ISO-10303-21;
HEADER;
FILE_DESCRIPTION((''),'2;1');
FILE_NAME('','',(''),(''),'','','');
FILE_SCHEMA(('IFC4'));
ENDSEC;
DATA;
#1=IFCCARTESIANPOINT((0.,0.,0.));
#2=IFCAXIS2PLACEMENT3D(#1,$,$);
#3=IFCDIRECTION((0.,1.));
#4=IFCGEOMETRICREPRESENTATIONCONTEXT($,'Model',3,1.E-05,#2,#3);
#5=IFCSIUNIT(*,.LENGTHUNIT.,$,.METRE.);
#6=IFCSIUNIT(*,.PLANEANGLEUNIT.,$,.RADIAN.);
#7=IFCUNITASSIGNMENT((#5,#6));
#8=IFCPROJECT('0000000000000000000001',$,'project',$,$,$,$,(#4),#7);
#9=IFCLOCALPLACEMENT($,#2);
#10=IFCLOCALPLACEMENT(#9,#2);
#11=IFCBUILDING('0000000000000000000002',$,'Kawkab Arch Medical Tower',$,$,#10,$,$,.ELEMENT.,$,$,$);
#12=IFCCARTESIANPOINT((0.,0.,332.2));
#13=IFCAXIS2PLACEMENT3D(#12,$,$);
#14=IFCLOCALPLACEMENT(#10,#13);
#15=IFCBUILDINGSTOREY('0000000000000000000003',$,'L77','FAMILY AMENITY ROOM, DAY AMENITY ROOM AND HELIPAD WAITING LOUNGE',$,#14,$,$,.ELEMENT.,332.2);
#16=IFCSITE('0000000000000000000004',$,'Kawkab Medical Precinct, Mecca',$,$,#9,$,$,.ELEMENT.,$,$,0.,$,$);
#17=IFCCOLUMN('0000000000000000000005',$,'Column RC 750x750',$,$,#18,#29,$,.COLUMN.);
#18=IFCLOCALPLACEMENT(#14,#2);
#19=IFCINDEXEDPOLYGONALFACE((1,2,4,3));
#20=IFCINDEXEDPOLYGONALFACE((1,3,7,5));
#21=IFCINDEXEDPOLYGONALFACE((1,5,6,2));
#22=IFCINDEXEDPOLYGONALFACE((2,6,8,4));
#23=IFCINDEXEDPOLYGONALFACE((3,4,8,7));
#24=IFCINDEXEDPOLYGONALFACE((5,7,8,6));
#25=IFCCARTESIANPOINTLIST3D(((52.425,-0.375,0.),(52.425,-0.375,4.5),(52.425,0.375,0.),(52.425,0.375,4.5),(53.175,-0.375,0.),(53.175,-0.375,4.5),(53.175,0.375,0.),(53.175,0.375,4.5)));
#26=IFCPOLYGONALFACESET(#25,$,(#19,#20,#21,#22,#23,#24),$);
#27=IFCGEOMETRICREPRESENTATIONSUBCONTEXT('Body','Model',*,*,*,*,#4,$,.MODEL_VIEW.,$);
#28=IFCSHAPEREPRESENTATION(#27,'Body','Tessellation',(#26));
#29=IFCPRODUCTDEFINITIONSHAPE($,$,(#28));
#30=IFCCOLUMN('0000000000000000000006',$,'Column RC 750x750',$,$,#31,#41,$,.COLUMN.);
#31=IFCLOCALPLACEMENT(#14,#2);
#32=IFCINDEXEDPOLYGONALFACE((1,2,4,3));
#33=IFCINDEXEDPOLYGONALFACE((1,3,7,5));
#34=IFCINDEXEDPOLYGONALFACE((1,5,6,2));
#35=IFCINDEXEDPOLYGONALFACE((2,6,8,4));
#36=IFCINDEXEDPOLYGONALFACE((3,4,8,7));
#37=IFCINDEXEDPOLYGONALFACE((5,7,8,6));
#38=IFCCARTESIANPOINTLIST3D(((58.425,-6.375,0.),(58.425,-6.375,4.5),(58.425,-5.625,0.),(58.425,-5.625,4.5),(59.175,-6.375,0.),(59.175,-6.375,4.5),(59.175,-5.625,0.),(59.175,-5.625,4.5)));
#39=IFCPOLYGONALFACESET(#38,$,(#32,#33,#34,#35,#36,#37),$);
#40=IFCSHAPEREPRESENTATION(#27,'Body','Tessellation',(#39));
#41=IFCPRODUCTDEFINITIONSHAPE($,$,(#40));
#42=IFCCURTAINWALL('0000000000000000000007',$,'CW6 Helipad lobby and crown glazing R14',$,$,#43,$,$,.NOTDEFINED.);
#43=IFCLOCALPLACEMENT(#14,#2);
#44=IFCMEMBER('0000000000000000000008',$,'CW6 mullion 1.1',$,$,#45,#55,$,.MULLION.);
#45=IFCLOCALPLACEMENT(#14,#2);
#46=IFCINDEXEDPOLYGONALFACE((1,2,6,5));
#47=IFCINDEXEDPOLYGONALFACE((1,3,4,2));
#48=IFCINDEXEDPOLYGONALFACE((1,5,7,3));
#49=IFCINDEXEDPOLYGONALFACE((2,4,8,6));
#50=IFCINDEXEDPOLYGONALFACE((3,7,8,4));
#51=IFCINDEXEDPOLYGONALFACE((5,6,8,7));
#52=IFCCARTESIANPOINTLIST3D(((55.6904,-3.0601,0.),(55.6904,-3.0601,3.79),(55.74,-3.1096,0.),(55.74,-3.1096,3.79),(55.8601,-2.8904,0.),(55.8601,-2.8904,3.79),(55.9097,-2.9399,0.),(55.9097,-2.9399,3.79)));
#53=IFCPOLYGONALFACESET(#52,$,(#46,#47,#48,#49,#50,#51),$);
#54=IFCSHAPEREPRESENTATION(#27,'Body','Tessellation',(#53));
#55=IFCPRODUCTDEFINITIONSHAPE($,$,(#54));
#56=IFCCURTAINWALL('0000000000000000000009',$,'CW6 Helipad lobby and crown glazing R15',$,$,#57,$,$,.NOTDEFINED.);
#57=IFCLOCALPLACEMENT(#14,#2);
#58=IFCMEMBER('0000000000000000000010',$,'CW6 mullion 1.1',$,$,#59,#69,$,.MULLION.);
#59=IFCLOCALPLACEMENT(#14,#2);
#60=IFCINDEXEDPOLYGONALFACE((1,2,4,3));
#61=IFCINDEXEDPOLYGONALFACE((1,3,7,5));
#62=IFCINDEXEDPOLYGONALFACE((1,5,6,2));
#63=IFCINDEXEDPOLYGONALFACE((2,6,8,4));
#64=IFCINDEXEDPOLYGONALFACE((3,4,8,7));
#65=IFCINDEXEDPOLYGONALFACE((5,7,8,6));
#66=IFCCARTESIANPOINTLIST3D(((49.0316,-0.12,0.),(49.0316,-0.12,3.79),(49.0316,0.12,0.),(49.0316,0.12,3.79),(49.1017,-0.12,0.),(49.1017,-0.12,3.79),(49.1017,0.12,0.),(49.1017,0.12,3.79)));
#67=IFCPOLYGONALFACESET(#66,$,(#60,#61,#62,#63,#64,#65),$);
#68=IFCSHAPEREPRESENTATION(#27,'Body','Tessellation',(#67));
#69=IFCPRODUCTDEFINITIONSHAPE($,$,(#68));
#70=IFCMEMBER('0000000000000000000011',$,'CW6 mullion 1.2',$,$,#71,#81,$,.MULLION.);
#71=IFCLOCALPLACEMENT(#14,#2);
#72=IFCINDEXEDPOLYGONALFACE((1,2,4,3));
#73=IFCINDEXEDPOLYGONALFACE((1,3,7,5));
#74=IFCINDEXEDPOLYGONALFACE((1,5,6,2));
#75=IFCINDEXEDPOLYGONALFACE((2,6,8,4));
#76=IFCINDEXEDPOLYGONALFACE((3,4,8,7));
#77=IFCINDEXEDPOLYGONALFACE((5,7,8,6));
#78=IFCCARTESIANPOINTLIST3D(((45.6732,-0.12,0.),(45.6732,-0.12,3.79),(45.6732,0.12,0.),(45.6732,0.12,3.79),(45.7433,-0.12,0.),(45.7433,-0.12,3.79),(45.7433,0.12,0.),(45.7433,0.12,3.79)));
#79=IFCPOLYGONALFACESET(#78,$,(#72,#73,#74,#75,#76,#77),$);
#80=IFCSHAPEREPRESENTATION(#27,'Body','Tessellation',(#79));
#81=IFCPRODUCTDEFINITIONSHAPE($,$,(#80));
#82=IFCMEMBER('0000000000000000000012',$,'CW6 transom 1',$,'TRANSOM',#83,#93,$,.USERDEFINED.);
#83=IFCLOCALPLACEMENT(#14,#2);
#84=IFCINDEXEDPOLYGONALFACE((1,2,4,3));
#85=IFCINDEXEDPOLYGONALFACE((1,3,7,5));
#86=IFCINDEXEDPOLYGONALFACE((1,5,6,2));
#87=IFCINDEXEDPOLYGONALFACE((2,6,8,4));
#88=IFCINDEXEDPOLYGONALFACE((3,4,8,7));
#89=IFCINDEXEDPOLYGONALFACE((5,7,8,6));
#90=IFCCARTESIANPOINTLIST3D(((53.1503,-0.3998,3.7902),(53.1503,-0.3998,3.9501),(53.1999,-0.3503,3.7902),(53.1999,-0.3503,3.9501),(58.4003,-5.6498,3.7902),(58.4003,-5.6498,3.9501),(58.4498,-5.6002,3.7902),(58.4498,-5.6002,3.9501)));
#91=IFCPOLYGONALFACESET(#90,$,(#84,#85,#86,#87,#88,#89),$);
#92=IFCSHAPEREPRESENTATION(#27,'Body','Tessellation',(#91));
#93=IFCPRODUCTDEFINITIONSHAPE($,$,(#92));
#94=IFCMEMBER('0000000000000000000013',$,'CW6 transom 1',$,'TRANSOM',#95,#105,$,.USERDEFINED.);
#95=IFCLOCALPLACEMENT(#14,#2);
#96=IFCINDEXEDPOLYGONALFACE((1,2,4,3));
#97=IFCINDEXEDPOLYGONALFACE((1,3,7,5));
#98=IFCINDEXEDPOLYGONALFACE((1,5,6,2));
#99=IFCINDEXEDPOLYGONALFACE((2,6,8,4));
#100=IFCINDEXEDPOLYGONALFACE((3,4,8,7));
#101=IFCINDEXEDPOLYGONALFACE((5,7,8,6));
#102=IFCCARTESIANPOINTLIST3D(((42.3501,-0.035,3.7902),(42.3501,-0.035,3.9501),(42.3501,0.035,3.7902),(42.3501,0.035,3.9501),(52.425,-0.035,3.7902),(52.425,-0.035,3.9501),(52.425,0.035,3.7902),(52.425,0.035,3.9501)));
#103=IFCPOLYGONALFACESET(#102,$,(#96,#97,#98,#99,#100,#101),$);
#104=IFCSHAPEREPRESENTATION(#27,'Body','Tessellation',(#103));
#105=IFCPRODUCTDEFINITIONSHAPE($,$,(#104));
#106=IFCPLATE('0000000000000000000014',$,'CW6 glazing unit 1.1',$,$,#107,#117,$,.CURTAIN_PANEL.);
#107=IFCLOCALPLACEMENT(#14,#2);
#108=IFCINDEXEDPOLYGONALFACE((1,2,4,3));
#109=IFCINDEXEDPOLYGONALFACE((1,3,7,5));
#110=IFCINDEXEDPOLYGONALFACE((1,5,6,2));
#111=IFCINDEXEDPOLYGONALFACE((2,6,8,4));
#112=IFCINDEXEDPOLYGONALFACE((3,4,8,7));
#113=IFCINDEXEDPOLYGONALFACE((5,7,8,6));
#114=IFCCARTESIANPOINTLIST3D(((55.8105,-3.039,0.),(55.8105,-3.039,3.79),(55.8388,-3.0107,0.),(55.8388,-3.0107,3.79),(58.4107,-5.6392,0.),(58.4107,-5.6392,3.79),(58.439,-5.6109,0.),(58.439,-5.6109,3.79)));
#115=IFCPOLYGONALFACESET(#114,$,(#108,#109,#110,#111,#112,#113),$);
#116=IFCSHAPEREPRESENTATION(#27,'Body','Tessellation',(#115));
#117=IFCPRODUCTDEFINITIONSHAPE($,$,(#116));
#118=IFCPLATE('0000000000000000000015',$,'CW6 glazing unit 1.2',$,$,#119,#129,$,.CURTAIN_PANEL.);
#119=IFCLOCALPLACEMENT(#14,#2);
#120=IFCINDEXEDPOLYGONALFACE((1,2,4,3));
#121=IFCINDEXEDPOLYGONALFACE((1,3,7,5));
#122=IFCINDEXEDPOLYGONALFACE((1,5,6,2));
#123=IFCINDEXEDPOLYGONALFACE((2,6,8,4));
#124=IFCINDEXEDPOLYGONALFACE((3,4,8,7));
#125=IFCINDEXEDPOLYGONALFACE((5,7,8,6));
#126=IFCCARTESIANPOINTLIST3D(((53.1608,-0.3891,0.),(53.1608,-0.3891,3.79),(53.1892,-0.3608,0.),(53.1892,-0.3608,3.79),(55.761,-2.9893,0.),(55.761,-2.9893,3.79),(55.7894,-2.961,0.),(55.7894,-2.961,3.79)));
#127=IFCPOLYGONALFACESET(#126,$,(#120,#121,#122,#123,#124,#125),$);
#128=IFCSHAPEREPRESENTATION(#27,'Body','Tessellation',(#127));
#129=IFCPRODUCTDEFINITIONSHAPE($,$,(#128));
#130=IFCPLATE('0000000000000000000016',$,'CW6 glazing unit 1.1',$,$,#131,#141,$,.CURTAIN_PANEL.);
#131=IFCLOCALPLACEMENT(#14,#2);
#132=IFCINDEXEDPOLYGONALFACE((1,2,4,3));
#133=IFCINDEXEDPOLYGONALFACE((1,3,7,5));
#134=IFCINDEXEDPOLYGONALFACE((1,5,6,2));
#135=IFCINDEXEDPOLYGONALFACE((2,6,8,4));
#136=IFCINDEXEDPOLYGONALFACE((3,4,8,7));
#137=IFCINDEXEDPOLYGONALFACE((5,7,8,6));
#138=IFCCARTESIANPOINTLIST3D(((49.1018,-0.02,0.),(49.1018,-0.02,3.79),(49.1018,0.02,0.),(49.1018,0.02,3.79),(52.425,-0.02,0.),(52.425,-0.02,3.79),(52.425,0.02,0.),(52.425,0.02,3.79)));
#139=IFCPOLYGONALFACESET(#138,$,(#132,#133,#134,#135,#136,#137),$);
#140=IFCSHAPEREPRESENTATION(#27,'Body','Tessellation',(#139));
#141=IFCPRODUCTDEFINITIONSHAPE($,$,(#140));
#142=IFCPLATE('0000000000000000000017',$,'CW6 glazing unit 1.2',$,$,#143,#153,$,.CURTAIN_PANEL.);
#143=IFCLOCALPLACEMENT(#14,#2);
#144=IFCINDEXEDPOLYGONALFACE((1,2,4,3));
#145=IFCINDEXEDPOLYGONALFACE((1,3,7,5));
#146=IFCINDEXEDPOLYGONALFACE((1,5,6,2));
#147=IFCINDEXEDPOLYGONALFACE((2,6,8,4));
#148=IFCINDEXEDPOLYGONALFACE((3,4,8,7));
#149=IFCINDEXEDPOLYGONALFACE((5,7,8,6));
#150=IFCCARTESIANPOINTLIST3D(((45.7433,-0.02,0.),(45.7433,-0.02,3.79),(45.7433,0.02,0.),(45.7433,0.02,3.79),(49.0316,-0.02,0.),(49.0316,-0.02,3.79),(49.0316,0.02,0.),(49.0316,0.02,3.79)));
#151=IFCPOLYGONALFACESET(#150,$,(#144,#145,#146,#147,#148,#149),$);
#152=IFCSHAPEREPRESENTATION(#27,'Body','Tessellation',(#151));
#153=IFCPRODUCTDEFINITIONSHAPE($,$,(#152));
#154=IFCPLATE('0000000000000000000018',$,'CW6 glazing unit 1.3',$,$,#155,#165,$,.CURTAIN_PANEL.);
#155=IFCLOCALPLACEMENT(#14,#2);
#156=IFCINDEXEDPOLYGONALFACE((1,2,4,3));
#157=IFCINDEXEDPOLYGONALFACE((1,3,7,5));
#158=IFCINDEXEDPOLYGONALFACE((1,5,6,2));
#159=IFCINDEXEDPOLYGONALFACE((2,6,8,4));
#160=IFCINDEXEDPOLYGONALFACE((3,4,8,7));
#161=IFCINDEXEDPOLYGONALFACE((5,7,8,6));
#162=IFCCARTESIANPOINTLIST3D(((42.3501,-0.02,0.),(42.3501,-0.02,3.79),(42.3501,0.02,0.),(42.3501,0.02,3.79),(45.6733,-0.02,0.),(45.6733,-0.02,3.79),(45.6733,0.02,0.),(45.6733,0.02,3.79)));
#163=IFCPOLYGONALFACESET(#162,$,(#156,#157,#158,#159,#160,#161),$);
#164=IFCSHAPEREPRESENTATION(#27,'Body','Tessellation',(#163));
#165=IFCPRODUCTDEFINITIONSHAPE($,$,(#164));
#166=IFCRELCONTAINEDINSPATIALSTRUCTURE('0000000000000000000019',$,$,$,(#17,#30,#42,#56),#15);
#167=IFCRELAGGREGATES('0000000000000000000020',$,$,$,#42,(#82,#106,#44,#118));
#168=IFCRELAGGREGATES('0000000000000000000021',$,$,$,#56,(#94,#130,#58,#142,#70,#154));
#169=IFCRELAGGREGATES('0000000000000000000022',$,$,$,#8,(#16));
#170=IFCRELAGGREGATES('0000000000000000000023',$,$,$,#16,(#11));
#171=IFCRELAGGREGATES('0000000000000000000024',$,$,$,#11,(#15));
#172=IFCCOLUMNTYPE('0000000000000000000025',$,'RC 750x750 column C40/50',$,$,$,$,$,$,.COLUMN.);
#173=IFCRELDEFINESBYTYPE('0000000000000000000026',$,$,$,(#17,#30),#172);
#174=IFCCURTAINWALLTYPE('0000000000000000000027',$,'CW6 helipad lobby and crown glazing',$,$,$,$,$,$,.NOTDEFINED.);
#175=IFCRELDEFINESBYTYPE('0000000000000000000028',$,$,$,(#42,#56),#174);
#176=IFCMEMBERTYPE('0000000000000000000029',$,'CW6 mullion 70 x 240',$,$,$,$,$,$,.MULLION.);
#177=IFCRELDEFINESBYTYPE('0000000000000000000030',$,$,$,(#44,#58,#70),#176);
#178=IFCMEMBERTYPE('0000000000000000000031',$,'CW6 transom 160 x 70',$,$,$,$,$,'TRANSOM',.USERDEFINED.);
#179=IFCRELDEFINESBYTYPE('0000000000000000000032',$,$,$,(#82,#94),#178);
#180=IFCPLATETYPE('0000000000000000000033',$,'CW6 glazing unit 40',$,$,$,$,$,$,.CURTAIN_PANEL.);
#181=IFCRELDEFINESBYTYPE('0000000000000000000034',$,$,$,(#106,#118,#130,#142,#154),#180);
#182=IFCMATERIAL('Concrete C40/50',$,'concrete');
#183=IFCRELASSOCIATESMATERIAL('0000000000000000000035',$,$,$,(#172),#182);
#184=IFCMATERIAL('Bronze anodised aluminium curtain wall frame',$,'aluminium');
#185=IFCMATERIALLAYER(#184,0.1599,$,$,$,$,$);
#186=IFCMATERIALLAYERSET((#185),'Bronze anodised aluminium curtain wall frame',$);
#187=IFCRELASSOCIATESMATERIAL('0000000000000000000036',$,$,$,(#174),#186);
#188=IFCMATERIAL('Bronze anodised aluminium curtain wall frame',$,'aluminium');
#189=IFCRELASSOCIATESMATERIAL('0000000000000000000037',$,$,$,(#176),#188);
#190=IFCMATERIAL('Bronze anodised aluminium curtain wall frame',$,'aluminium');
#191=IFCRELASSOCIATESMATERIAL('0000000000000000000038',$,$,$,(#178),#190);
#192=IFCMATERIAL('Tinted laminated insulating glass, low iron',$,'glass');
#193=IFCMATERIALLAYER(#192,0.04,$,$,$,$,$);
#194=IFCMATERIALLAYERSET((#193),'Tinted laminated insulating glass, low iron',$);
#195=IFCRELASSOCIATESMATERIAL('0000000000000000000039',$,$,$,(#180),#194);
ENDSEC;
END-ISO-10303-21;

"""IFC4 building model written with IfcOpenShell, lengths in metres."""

from ifc_helpers import new_model, si_unit, direction, frame, origin, origin_2d, place, context, subcontext, project, spatial, rectangle, extrude, material, layer, layer_set, material_profile, profile_set, type_object, element, aggregate, save


model = new_model("IFC4")

# Units and contexts
model_context = context("Model", 3, precision=1e-05, world=origin(), true_north=direction((0.0, 1.0)))
body_context = subcontext(model_context, "Body", "Model", "MODEL_VIEW")
ifc_project = project(units=[si_unit("LENGTHUNIT", "METRE"), si_unit("PLANEANGLEUNIT", "RADIAN")], contexts=[model_context])

# Site, building, storey
site_placement = place(None, origin())
site = spatial("IfcSite", under=ifc_project, at=site_placement, Name="Kawkab Medical Precinct, Mecca", CompositionType="ELEMENT", RefElevation=0.0)
building_placement = place(site_placement, origin())
building = spatial("IfcBuilding", under=site, at=building_placement, Name="Kawkab Arch Medical Tower", CompositionType="ELEMENT")
storey_placement = place(building_placement, frame((0.0, 0.0, 332.2)))
storey = spatial("IfcBuildingStorey", under=building, at=storey_placement, Name="L77", Description="FAMILY AMENITY ROOM, DAY AMENITY ROOM AND HELIPAD WAITING LOUNGE", CompositionType="ELEMENT", Elevation=332.2)

# Columns
ifc_material_1 = material(Name="Concrete C40/50", Category="concrete")
ifc_material_profile_1 = material_profile(ifc_material_1, rectangle(XDim=0.75, YDim=0.75, at=origin_2d()), Name="RC 750x750")
ifc_profile_set_1 = profile_set([ifc_material_profile_1], Name="Concrete C40/50")
column_type = type_object("IfcColumnType", Name="RC 750x750 column C40/50", PredefinedType="COLUMN", material=ifc_profile_set_1)
for number, where, z_axis, x_axis, name in (
    (1, (52.8, 0.0, 0.0), (0.0, 0.0, 1.0), (1.0, 0.0, 0.0), "Column RC 750x750"),
    (2, (58.8, -6.0, 0.0), (0.0, 0.0, 1.0), (1.0, 0.0, 0.0), "Column RC 750x750"),
):
    element("IfcColumn", number, at=place(storey_placement, frame(where, z_axis=z_axis, x_axis=x_axis)), inside=storey, type_object=column_type, Name=name, PredefinedType="COLUMN", context=body_context, shape_type="SweptSolid", body=[
        extrude(rectangle(XDim=0.75, YDim=0.75, at=origin_2d()), origin(), (0.0, 0.0, 1.0), 4.5),
    ])

# Curtain wall, member
ifc_material_2 = material(Name="Bronze anodised aluminium curtain wall frame", Category="aluminium")
ifc_layer_1 = layer(ifc_material_2, 0.1599)
ifc_layer_set_1 = layer_set([ifc_layer_1], Name="Bronze anodised aluminium curtain wall frame")
curtain_wall_type = type_object("IfcCurtainWallType", Name="CW6 helipad lobby and crown glazing", PredefinedType="NOTDEFINED", material=ifc_layer_set_1)
placement = place(storey_placement, origin())
curtain_wall_1 = element("IfcCurtainWall", 3, at=placement, inside=storey, type_object=curtain_wall_type, Name="CW6 Helipad lobby and crown glazing R14", PredefinedType="NOTDEFINED")
ifc_material_3 = material(Name="Bronze anodised aluminium curtain wall frame", Category="aluminium")
ifc_material_profile_2 = material_profile(ifc_material_3, rectangle(XDim=0.24, YDim=0.0701, at=origin_2d()), Name="AL 70x240")
ifc_profile_set_2 = profile_set([ifc_material_profile_2], Name="Bronze anodised aluminium curtain wall frame")
member_type_1 = type_object("IfcMemberType", Name="CW6 mullion 70 x 240", PredefinedType="MULLION", material=ifc_profile_set_2)
member_1_placement = place(storey_placement, frame((55.8, -3.0, 0.0), z_axis=(0.0, 0.0, 1.0), x_axis=(-0.707107, -0.707107, 0.0)))
member_1 = element("IfcMember", 4, at=member_1_placement, type_object=member_type_1, Name="CW6 mullion 1.1", PredefinedType="MULLION", context=body_context, shape_type="SweptSolid", body=[
    extrude(rectangle(XDim=0.24, YDim=0.0701, at=origin_2d()), origin(), (0.0, 0.0, 1.0), 3.79),
])

# Curtain wall, members
curtain_wall_2 = element("IfcCurtainWall", 5, at=placement, inside=storey, type_object=curtain_wall_type, Name="CW6 Helipad lobby and crown glazing R15", PredefinedType="NOTDEFINED")
member_2_placement = place(storey_placement, frame((49.0667, 0.0, 0.0), z_axis=(0.0, 0.0, 1.0), x_axis=(0.0, -1.0, 0.0)))
member_2 = element("IfcMember", 6, at=member_2_placement, type_object=member_type_1, Name="CW6 mullion 1.1", PredefinedType="MULLION", context=body_context, shape_type="SweptSolid", body=[
    extrude(rectangle(XDim=0.24, YDim=0.0701, at=origin_2d()), origin(), (0.0, 0.0, 1.0), 3.79),
])
member_3_placement = place(storey_placement, frame((45.7083, 0.0, 0.0), z_axis=(0.0, 0.0, 1.0), x_axis=(0.0, -1.0, 0.0)))
member_3 = element("IfcMember", 7, at=member_3_placement, type_object=member_type_1, Name="CW6 mullion 1.2", PredefinedType="MULLION", context=body_context, shape_type="SweptSolid", body=[
    extrude(rectangle(XDim=0.24, YDim=0.0701, at=origin_2d()), origin(), (0.0, 0.0, 1.0), 3.79),
])

# Members
ifc_material_4 = material(Name="Bronze anodised aluminium curtain wall frame", Category="aluminium")
ifc_material_profile_3 = material_profile(ifc_material_4, rectangle(XDim=0.0701, YDim=0.1599, at=origin_2d()), Name="AL 70x160")
ifc_profile_set_3 = profile_set([ifc_material_profile_3], Name="Bronze anodised aluminium curtain wall frame")
member_type_2 = type_object("IfcMemberType", Name="CW6 transom 160 x 70", ElementType="TRANSOM", PredefinedType="USERDEFINED", material=ifc_profile_set_3)
member_4_placement = place(storey_placement, frame((58.425, -5.625, 3.8701), z_axis=(-0.707107, 0.707107, 0.0), x_axis=(-0.707107, -0.707107, 0.0)))
member_4 = element("IfcMember", 8, at=member_4_placement, type_object=member_type_2, Name="CW6 transom 1", ObjectType="TRANSOM", PredefinedType="USERDEFINED", context=body_context, shape_type="SweptSolid", body=[
    extrude(rectangle(XDim=0.0701, YDim=0.1599, at=origin_2d()), origin(), (0.0, 0.0, 1.0), 7.4246),
])
member_5_placement = place(storey_placement, frame((52.425, 0.0, 3.8701), z_axis=(-1.0, 0.0, 0.0), x_axis=(0.0, -1.0, 0.0)))
member_5 = element("IfcMember", 9, at=member_5_placement, type_object=member_type_2, Name="CW6 transom 1", ObjectType="TRANSOM", PredefinedType="USERDEFINED", context=body_context, shape_type="SweptSolid", body=[
    extrude(rectangle(XDim=0.0701, YDim=0.1599, at=origin_2d()), origin(), (0.0, 0.0, 1.0), 10.075),
])

# Plates
ifc_material_5 = material(Name="Tinted laminated insulating glass, low iron", Category="glass")
ifc_layer_2 = layer(ifc_material_5, 0.04)
ifc_layer_set_2 = layer_set([ifc_layer_2], Name="Tinted laminated insulating glass, low iron")
plate_type = type_object("IfcPlateType", Name="CW6 glazing unit 40", PredefinedType="CURTAIN_PANEL", material=ifc_layer_set_2)
plate_1_placement = place(storey_placement, frame((57.1248, -4.325, 0.0), z_axis=(0.0, 0.0, 1.0), x_axis=(-0.707107, 0.707107, 0.0)))
plate_1 = element("IfcPlate", 10, at=plate_1_placement, type_object=plate_type, Name="CW6 glazing unit 1.1", PredefinedType="CURTAIN_PANEL", context=body_context, shape_type="SweptSolid", body=[
    extrude(rectangle(XDim=3.6772, YDim=0.04, at=origin_2d()), origin(), (0.0, 0.0, 1.0), 3.79),
])
plate_2_placement = place(storey_placement, frame((54.4751, -1.675, 0.0), z_axis=(0.0, 0.0, 1.0), x_axis=(-0.707107, 0.707107, 0.0)))
plate_2 = element("IfcPlate", 11, at=plate_2_placement, type_object=plate_type, Name="CW6 glazing unit 1.2", PredefinedType="CURTAIN_PANEL", context=body_context, shape_type="SweptSolid", body=[
    extrude(rectangle(XDim=3.6772, YDim=0.04, at=origin_2d()), origin(), (0.0, 0.0, 1.0), 3.79),
])
aggregate(curtain_wall_1, [member_4, plate_1, member_1, plate_2])
plate_3_placement = place(storey_placement, frame((50.7634, 0.0, 0.0), z_axis=(0.0, 0.0, 1.0), x_axis=(-1.0, 0.0, 0.0)))
plate_3 = element("IfcPlate", 12, at=plate_3_placement, type_object=plate_type, Name="CW6 glazing unit 1.1", PredefinedType="CURTAIN_PANEL", context=body_context, shape_type="SweptSolid", body=[
    extrude(rectangle(XDim=3.3232, YDim=0.04, at=origin_2d()), origin(), (0.0, 0.0, 1.0), 3.79),
])
plate_4_placement = place(storey_placement, frame((47.3875, 0.0, 0.0), z_axis=(0.0, 0.0, 1.0), x_axis=(-1.0, 0.0, 0.0)))
plate_4 = element("IfcPlate", 13, at=plate_4_placement, type_object=plate_type, Name="CW6 glazing unit 1.2", PredefinedType="CURTAIN_PANEL", context=body_context, shape_type="SweptSolid", body=[
    extrude(rectangle(XDim=3.2883, YDim=0.04, at=origin_2d()), origin(), (0.0, 0.0, 1.0), 3.79),
])
plate_5_placement = place(storey_placement, frame((44.0117, 0.0, 0.0), z_axis=(0.0, 0.0, 1.0), x_axis=(-1.0, 0.0, 0.0)))
plate_5 = element("IfcPlate", 14, at=plate_5_placement, type_object=plate_type, Name="CW6 glazing unit 1.3", PredefinedType="CURTAIN_PANEL", context=body_context, shape_type="SweptSolid", body=[
    extrude(rectangle(XDim=3.3232, YDim=0.04, at=origin_2d()), origin(), (0.0, 0.0, 1.0), 3.79),
])
aggregate(curtain_wall_2, [member_5, plate_3, member_2, plate_4, member_3, plate_5])

save(model, "model.ifc")
